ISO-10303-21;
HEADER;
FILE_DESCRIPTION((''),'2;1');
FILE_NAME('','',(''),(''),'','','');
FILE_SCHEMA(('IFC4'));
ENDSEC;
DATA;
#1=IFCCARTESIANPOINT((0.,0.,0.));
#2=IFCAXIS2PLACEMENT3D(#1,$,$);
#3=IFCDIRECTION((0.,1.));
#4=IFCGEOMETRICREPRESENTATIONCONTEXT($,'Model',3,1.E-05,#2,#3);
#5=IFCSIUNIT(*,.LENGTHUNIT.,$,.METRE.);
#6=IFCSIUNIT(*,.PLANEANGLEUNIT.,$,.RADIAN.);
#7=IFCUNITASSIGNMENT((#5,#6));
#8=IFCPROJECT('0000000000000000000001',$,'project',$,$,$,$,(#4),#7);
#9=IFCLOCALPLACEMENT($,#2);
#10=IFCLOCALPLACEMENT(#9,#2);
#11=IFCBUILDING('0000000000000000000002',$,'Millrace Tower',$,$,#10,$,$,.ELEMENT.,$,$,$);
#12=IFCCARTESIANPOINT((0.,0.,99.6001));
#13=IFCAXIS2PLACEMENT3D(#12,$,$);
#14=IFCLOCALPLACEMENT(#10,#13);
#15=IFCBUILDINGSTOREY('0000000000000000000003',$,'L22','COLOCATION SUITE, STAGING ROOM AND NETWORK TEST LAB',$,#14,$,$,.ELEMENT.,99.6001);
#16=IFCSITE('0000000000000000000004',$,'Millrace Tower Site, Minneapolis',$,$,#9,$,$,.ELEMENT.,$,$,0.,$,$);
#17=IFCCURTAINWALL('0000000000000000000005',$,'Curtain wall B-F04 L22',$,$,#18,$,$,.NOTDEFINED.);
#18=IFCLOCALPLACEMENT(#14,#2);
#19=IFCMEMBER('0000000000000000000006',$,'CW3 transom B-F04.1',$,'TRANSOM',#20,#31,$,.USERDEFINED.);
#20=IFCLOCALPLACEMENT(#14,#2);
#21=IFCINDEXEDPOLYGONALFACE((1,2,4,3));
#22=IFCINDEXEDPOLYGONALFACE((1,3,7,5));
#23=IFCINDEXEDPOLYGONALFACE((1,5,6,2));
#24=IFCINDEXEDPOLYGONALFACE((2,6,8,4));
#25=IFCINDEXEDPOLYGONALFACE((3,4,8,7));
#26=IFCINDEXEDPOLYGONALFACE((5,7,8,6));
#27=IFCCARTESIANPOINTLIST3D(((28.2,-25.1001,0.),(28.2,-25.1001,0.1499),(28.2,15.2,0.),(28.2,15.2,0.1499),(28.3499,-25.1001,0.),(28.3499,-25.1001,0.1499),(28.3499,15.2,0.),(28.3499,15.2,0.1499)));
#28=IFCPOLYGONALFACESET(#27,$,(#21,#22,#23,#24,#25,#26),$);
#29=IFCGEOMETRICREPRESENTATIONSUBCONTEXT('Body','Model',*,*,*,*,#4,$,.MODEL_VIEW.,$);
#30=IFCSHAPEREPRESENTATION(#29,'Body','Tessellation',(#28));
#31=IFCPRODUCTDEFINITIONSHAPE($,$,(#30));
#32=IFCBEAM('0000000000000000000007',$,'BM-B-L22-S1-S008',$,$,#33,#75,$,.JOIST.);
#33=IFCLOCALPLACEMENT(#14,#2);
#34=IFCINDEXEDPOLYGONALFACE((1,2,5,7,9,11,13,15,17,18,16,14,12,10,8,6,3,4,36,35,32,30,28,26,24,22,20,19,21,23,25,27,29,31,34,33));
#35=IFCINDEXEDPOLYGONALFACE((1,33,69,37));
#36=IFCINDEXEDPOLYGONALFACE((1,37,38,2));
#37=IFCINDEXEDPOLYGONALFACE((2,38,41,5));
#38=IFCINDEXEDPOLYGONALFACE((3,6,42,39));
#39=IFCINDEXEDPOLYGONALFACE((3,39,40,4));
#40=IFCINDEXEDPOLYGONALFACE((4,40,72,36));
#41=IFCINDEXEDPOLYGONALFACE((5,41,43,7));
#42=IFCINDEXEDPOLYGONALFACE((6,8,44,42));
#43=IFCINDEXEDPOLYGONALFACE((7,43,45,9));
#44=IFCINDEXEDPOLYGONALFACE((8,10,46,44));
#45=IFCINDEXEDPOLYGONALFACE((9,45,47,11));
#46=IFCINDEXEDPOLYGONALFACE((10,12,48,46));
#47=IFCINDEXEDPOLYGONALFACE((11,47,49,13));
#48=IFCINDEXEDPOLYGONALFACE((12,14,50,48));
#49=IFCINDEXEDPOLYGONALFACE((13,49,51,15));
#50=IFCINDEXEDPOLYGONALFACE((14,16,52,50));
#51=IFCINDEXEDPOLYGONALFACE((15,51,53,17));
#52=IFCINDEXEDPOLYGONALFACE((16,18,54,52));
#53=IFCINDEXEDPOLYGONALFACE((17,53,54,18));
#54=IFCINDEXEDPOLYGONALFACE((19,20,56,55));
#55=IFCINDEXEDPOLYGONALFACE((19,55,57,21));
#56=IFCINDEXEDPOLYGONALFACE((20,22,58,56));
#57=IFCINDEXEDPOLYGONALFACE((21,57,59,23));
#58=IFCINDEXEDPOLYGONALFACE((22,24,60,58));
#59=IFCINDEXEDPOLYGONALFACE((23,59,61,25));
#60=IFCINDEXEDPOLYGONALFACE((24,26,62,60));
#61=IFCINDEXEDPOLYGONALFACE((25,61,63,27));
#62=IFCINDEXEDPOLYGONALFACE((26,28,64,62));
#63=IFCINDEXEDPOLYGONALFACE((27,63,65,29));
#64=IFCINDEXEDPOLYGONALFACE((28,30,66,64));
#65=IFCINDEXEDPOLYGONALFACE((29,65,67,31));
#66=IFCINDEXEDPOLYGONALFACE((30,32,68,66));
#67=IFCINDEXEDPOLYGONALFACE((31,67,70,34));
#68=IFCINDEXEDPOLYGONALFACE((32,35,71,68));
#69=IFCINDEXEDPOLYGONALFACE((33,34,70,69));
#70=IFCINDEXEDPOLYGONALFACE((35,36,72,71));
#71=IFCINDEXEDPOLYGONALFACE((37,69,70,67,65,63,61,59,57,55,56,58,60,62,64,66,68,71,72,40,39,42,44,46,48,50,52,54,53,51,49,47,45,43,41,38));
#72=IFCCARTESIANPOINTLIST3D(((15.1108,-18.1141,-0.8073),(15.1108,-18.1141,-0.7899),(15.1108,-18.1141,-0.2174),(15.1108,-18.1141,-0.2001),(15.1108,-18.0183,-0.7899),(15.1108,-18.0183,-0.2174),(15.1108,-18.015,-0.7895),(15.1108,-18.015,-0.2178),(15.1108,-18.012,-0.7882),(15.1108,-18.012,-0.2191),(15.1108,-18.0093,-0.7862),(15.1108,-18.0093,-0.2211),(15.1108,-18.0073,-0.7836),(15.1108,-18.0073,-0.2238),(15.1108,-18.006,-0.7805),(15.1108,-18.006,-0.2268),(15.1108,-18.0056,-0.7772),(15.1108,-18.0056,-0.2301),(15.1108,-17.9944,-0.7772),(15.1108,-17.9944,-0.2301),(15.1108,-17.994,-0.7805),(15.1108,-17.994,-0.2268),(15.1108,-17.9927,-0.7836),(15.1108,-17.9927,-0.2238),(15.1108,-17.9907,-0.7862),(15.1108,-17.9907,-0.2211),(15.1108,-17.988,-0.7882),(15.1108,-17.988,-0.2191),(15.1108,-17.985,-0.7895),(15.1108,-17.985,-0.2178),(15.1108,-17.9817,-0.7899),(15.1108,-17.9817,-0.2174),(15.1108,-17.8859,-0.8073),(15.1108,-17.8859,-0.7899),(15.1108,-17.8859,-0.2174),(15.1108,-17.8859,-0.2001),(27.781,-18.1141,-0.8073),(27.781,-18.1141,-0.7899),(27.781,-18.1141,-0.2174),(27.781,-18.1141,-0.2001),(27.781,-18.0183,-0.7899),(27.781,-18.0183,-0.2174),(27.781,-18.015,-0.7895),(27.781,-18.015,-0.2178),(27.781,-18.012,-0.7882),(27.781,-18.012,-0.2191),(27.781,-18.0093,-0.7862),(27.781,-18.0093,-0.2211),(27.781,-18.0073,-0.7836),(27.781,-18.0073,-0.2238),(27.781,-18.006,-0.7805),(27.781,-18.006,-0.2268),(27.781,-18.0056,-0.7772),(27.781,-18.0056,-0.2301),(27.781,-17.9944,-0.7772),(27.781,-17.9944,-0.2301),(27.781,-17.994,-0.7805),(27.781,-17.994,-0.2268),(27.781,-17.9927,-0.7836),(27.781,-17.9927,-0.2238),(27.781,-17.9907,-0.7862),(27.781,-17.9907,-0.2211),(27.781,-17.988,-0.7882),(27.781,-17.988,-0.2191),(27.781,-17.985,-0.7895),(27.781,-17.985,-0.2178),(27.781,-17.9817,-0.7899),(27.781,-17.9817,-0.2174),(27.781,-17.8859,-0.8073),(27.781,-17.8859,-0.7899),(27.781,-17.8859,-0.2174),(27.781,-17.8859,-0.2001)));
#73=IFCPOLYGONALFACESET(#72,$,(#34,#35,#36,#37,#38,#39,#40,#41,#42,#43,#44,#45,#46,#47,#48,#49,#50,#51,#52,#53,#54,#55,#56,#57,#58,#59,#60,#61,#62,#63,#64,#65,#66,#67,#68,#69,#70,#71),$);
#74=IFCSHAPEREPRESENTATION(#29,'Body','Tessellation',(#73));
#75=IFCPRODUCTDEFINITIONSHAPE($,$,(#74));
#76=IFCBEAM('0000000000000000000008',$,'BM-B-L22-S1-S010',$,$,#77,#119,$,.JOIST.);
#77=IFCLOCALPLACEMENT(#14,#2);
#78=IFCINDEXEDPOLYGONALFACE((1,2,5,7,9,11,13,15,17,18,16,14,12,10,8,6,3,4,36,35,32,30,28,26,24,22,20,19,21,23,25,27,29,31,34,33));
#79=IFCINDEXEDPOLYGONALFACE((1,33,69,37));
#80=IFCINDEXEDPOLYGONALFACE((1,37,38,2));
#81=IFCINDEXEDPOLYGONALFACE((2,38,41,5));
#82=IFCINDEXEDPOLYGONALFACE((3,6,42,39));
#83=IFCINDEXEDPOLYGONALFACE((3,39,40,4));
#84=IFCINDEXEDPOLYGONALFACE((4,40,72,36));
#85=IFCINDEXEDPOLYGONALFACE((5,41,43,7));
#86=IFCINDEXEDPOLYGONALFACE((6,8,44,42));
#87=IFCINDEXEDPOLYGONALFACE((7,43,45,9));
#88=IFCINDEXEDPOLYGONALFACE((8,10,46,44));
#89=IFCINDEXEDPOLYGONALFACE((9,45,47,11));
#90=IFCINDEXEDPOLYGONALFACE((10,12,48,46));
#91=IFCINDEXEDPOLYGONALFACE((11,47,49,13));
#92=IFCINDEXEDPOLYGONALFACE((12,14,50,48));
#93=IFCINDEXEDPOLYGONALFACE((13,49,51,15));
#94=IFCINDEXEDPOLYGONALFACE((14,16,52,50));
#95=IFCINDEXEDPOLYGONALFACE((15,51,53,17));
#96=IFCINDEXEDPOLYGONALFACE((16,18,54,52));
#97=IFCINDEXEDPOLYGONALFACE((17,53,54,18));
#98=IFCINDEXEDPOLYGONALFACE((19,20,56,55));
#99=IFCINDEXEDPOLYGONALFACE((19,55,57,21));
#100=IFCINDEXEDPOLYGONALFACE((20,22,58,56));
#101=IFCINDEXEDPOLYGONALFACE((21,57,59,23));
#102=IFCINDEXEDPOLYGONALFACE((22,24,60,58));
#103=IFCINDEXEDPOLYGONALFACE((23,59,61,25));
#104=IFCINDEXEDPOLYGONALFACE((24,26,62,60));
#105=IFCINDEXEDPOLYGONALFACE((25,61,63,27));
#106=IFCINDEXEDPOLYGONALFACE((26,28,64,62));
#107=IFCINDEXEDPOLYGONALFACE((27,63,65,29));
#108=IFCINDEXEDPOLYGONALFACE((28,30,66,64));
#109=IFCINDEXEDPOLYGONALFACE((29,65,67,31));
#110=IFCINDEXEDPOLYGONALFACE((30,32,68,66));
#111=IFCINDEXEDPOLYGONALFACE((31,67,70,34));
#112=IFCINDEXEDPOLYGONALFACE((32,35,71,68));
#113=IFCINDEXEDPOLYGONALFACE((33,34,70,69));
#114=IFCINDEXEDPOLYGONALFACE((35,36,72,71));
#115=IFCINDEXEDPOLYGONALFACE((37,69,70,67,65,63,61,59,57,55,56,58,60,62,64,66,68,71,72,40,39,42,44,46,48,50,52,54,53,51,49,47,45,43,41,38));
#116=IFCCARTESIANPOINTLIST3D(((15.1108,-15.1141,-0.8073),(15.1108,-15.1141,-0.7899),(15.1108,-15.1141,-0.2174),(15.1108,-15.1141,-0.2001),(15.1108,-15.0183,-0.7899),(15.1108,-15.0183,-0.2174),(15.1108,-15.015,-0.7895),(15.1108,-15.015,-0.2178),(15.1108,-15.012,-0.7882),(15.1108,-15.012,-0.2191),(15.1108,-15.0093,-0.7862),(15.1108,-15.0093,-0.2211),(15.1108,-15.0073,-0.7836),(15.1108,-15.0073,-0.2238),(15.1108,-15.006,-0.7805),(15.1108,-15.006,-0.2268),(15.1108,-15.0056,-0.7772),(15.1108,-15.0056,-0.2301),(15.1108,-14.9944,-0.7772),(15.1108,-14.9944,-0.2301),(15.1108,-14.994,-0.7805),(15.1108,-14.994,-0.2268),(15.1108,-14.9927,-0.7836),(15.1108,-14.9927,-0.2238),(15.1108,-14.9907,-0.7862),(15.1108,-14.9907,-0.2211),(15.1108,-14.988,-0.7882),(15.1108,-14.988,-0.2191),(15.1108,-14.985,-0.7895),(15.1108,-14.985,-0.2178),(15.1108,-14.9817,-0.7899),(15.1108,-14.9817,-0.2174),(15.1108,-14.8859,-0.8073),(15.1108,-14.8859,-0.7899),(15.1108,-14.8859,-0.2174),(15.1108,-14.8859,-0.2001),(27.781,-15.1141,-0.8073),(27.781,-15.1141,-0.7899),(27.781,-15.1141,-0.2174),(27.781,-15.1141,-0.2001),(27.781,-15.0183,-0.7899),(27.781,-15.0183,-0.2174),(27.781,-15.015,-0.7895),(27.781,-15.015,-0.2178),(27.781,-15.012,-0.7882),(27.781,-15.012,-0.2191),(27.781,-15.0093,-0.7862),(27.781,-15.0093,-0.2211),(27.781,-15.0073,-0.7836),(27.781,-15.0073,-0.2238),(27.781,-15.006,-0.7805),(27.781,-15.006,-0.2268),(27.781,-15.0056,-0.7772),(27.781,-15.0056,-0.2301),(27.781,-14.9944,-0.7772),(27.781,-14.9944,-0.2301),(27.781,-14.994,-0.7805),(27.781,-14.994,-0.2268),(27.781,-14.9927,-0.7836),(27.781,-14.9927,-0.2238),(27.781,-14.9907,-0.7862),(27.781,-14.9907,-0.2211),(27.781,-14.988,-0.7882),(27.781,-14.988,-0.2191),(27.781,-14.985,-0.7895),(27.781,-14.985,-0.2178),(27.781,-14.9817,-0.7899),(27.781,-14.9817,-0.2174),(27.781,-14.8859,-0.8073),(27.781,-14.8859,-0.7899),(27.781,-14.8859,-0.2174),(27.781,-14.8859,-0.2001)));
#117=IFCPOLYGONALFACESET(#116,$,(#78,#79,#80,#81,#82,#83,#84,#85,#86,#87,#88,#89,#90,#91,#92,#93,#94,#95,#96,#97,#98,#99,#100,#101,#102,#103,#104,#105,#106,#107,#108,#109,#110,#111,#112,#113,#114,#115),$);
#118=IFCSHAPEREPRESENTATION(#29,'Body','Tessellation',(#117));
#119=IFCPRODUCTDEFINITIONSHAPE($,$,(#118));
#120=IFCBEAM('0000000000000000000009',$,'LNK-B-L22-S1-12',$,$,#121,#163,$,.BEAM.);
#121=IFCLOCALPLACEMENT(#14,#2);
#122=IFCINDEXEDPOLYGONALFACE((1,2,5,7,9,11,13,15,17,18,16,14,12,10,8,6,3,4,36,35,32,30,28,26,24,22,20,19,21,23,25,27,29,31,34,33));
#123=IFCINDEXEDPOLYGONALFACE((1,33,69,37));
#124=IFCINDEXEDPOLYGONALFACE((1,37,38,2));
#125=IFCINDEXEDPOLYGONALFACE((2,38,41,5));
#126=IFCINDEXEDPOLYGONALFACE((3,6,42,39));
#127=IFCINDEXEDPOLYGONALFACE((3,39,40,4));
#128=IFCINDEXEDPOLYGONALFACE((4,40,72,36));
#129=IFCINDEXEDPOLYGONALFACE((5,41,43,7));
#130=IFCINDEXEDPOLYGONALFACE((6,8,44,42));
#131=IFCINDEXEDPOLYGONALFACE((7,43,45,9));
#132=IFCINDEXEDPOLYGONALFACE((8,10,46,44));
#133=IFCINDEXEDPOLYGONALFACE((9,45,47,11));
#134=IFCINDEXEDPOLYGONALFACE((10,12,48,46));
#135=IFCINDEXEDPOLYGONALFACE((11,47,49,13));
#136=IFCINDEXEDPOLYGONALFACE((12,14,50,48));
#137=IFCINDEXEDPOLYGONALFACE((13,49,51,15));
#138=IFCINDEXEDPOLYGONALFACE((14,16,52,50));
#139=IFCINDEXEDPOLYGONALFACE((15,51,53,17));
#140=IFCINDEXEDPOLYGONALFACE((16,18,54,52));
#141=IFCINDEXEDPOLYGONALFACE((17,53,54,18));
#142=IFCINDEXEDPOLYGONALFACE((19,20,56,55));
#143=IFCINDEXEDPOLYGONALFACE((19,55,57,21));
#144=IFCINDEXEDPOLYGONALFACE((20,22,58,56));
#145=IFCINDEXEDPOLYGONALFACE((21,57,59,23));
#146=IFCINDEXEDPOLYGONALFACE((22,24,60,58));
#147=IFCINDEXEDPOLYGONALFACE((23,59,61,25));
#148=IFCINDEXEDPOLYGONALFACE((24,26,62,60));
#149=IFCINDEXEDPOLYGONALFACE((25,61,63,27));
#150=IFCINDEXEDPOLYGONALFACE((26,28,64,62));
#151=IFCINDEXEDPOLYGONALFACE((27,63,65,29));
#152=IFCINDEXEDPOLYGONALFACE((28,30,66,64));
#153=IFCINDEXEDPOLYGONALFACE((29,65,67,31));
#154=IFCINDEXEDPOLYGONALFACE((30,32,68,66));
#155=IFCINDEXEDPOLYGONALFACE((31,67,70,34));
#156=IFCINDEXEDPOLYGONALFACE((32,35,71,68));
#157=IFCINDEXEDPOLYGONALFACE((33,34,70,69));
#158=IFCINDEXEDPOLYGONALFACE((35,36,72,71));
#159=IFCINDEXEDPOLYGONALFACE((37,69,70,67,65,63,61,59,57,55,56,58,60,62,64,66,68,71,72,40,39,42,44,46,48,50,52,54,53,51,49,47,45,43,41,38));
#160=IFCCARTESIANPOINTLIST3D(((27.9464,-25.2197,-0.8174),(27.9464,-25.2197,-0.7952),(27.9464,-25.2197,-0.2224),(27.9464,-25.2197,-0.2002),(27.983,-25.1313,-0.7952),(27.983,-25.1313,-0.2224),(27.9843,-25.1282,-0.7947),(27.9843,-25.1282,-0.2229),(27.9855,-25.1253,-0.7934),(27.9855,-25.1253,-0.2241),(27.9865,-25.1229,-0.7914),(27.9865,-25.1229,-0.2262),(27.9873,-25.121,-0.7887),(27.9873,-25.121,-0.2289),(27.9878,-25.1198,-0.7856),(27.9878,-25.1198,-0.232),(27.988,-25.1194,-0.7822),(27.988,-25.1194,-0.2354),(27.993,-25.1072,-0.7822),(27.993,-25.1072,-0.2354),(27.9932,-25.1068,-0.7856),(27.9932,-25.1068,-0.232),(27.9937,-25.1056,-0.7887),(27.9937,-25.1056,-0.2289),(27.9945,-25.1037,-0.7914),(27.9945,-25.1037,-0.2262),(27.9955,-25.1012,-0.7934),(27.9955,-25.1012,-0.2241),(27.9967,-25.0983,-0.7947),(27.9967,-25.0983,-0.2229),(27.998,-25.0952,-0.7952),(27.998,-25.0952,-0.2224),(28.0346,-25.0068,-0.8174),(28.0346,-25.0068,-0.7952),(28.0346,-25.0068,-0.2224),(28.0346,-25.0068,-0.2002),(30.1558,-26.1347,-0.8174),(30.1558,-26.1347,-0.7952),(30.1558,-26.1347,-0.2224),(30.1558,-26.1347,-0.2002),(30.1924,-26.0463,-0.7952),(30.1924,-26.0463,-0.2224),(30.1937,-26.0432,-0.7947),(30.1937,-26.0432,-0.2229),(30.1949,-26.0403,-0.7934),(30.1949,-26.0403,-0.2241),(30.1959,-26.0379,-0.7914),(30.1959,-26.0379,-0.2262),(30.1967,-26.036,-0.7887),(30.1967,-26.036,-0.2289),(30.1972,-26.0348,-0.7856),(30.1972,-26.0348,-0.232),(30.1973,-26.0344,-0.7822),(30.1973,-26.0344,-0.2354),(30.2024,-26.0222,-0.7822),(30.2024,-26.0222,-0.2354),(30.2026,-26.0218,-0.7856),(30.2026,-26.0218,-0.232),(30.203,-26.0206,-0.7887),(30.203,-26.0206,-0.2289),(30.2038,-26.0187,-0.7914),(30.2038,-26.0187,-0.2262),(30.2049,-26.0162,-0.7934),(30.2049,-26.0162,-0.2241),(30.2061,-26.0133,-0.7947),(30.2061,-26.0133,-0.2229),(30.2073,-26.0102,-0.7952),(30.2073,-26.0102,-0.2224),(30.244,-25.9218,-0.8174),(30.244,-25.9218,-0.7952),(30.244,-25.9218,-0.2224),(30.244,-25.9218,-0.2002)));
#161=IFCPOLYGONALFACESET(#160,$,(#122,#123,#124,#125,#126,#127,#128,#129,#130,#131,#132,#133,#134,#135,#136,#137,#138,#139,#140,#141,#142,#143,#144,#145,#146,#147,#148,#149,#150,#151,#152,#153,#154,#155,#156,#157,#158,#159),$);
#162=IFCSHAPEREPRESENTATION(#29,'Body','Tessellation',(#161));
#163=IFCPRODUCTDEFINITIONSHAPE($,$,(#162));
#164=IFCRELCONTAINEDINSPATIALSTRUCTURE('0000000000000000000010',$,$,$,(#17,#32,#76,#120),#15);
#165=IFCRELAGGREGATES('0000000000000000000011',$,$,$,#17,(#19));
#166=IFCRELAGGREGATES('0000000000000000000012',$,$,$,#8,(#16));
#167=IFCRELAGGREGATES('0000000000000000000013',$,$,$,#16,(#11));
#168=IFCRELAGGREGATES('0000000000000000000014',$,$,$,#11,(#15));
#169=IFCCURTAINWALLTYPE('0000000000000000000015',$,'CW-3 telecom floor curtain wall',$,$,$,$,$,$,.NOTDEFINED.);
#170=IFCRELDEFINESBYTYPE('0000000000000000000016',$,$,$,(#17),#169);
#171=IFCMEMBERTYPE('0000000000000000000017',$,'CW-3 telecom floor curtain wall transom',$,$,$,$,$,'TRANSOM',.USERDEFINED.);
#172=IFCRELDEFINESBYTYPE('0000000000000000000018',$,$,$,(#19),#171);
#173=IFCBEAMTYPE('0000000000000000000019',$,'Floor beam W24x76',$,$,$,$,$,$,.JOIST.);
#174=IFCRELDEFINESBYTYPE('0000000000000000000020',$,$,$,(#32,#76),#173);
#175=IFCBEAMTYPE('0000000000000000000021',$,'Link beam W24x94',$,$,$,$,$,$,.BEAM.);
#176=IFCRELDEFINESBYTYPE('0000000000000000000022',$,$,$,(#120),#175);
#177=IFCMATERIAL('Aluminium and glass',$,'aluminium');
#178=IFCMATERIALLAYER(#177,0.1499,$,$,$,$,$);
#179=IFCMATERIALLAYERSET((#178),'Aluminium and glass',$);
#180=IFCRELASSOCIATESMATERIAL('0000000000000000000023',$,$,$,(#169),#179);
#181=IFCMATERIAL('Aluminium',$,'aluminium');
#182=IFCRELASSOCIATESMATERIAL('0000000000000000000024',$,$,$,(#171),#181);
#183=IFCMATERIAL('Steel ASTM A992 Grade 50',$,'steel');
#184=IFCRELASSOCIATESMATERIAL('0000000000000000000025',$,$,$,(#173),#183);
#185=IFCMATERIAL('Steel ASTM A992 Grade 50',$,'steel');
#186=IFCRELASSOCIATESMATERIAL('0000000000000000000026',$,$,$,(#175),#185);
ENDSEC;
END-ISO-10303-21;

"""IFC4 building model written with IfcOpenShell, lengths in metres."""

from ifc_helpers import new_model, si_unit, direction, frame, origin, origin_2d, place, context, subcontext, project, spatial, rectangle, i_section, extrude, material, layer, layer_set, material_profile, profile_set, type_object, element, aggregate, save


model = new_model("IFC4")

# Units and contexts
model_context = context("Model", 3, precision=1e-05, world=origin(), true_north=direction((0.0, 1.0)))
body_context = subcontext(model_context, "Body", "Model", "MODEL_VIEW")
ifc_project = project(units=[si_unit("LENGTHUNIT", "METRE"), si_unit("PLANEANGLEUNIT", "RADIAN")], contexts=[model_context])

# Site, building, storey
site_placement = place(None, origin())
site = spatial("IfcSite", under=ifc_project, at=site_placement, Name="Millrace Tower Site, Minneapolis", CompositionType="ELEMENT", RefElevation=0.0)
building_placement = place(site_placement, origin())
building = spatial("IfcBuilding", under=site, at=building_placement, Name="Millrace Tower", CompositionType="ELEMENT")
storey_placement = place(building_placement, frame((0.0, 0.0, 99.6001)))
storey = spatial("IfcBuildingStorey", under=building, at=storey_placement, Name="L22", Description="COLOCATION SUITE, STAGING ROOM AND NETWORK TEST LAB", CompositionType="ELEMENT", Elevation=99.6001)

# Shared definitions
ifc_material_1 = material(Name="Aluminium and glass", Category="aluminium")
ifc_layer_1 = layer(ifc_material_1, 0.1499)
ifc_layer_set_1 = layer_set([ifc_layer_1], Name="Aluminium and glass")
curtain_wall_type = type_object("IfcCurtainWallType", Name="CW-3 telecom floor curtain wall", PredefinedType="NOTDEFINED", material=ifc_layer_set_1)
placement = place(storey_placement, origin())

# Curtain wall
curtain_wall_1 = element("IfcCurtainWall", 1, at=placement, inside=storey, type_object=curtain_wall_type, Name="Curtain wall B-F04 L22", PredefinedType="NOTDEFINED")

# Member
ifc_material_2 = material(Name="Aluminium", Category="aluminium")
ifc_material_profile_1 = material_profile(ifc_material_2, rectangle(XDim=0.1499, YDim=0.1499, at=origin_2d()))
ifc_profile_set_1 = profile_set([ifc_material_profile_1], Name="Aluminium")
member_type_1 = type_object("IfcMemberType", Name="CW-3 telecom floor curtain wall transom", ElementType="TRANSOM", PredefinedType="USERDEFINED", material=ifc_profile_set_1)
member_1_placement = place(storey_placement, frame((28.2749, -25.1001, 0.075), z_axis=(0.0, 1.0, 0.0), x_axis=(-1.0, 0.0, 0.0)))
member_1 = element("IfcMember", 2, at=member_1_placement, type_object=member_type_1, Name="CW3 transom B-F04.1", ObjectType="TRANSOM", PredefinedType="USERDEFINED", context=body_context, shape_type="SweptSolid", body=[
    extrude(rectangle(XDim=0.1499, YDim=0.1499, at=origin_2d()), origin(), (0.0, 0.0, 1.0), 40.3),
])
aggregate(curtain_wall_1, [member_1])

# Beams
ifc_material_3 = material(Name="Steel ASTM A992 Grade 50", Category="steel")
ifc_material_profile_2 = material_profile(ifc_material_3, i_section(OverallWidth=0.2283, OverallDepth=0.6072, WebThickness=0.0112, FlangeThickness=0.0173, FilletRadius=0.0127, at=origin_2d()))
ifc_profile_set_2 = profile_set([ifc_material_profile_2], Name="Steel ASTM A992 Grade 50")
beam_type_1 = type_object("IfcBeamType", Name="Floor beam W24x76", PredefinedType="JOIST", material=ifc_profile_set_2)
for number, where, z_axis, x_axis, name in (
    (3, (15.1108, -18.0, -0.5037), (1.0, 0.0, 0.0), (0.0, 1.0, 0.0), "BM-B-L22-S1-S008"),
    (4, (15.1108, -15.0, -0.5037), (1.0, 0.0, 0.0), (0.0, 1.0, 0.0), "BM-B-L22-S1-S010"),
):
    element("IfcBeam", number, at=place(storey_placement, frame(where, z_axis=z_axis, x_axis=x_axis)), inside=storey, type_object=beam_type_1, Name=name, PredefinedType="JOIST", context=body_context, shape_type="SweptSolid", body=[
        extrude(i_section(OverallWidth=0.2283, OverallDepth=0.6072, WebThickness=0.0112, FlangeThickness=0.0173, FilletRadius=0.0127, at=origin_2d()), origin(), (0.0, 0.0, 1.0), 12.6702),
    ])
ifc_material_4 = material(Name="Steel ASTM A992 Grade 50", Category="steel")
ifc_material_profile_3 = material_profile(ifc_material_4, i_section(OverallWidth=0.2305, OverallDepth=0.6172, WebThickness=0.0132, FlangeThickness=0.0222, FilletRadius=0.0129, at=origin_2d()))
ifc_profile_set_3 = profile_set([ifc_material_profile_3], Name="Steel ASTM A992 Grade 50")
beam_type_2 = type_object("IfcBeamType", Name="Link beam W24x94", PredefinedType="BEAM", material=ifc_profile_set_3)
for number, where, z_axis, x_axis, name in (
    (5, (27.9905, -25.1133, -0.5088), (0.923902, -0.382628, 0.0), (0.382628, 0.923902, 0.0), "LNK-B-L22-S1-12"),
):
    element("IfcBeam", number, at=place(storey_placement, frame(where, z_axis=z_axis, x_axis=x_axis)), inside=storey, type_object=beam_type_2, Name=name, PredefinedType="BEAM", context=body_context, shape_type="SweptSolid", body=[
        extrude(i_section(OverallWidth=0.2305, OverallDepth=0.6172, WebThickness=0.0132, FlangeThickness=0.0222, FilletRadius=0.0129, at=origin_2d()), origin(), (0.0, 0.0, 1.0), 2.3914),
    ])

save(model, "model.ifc")
